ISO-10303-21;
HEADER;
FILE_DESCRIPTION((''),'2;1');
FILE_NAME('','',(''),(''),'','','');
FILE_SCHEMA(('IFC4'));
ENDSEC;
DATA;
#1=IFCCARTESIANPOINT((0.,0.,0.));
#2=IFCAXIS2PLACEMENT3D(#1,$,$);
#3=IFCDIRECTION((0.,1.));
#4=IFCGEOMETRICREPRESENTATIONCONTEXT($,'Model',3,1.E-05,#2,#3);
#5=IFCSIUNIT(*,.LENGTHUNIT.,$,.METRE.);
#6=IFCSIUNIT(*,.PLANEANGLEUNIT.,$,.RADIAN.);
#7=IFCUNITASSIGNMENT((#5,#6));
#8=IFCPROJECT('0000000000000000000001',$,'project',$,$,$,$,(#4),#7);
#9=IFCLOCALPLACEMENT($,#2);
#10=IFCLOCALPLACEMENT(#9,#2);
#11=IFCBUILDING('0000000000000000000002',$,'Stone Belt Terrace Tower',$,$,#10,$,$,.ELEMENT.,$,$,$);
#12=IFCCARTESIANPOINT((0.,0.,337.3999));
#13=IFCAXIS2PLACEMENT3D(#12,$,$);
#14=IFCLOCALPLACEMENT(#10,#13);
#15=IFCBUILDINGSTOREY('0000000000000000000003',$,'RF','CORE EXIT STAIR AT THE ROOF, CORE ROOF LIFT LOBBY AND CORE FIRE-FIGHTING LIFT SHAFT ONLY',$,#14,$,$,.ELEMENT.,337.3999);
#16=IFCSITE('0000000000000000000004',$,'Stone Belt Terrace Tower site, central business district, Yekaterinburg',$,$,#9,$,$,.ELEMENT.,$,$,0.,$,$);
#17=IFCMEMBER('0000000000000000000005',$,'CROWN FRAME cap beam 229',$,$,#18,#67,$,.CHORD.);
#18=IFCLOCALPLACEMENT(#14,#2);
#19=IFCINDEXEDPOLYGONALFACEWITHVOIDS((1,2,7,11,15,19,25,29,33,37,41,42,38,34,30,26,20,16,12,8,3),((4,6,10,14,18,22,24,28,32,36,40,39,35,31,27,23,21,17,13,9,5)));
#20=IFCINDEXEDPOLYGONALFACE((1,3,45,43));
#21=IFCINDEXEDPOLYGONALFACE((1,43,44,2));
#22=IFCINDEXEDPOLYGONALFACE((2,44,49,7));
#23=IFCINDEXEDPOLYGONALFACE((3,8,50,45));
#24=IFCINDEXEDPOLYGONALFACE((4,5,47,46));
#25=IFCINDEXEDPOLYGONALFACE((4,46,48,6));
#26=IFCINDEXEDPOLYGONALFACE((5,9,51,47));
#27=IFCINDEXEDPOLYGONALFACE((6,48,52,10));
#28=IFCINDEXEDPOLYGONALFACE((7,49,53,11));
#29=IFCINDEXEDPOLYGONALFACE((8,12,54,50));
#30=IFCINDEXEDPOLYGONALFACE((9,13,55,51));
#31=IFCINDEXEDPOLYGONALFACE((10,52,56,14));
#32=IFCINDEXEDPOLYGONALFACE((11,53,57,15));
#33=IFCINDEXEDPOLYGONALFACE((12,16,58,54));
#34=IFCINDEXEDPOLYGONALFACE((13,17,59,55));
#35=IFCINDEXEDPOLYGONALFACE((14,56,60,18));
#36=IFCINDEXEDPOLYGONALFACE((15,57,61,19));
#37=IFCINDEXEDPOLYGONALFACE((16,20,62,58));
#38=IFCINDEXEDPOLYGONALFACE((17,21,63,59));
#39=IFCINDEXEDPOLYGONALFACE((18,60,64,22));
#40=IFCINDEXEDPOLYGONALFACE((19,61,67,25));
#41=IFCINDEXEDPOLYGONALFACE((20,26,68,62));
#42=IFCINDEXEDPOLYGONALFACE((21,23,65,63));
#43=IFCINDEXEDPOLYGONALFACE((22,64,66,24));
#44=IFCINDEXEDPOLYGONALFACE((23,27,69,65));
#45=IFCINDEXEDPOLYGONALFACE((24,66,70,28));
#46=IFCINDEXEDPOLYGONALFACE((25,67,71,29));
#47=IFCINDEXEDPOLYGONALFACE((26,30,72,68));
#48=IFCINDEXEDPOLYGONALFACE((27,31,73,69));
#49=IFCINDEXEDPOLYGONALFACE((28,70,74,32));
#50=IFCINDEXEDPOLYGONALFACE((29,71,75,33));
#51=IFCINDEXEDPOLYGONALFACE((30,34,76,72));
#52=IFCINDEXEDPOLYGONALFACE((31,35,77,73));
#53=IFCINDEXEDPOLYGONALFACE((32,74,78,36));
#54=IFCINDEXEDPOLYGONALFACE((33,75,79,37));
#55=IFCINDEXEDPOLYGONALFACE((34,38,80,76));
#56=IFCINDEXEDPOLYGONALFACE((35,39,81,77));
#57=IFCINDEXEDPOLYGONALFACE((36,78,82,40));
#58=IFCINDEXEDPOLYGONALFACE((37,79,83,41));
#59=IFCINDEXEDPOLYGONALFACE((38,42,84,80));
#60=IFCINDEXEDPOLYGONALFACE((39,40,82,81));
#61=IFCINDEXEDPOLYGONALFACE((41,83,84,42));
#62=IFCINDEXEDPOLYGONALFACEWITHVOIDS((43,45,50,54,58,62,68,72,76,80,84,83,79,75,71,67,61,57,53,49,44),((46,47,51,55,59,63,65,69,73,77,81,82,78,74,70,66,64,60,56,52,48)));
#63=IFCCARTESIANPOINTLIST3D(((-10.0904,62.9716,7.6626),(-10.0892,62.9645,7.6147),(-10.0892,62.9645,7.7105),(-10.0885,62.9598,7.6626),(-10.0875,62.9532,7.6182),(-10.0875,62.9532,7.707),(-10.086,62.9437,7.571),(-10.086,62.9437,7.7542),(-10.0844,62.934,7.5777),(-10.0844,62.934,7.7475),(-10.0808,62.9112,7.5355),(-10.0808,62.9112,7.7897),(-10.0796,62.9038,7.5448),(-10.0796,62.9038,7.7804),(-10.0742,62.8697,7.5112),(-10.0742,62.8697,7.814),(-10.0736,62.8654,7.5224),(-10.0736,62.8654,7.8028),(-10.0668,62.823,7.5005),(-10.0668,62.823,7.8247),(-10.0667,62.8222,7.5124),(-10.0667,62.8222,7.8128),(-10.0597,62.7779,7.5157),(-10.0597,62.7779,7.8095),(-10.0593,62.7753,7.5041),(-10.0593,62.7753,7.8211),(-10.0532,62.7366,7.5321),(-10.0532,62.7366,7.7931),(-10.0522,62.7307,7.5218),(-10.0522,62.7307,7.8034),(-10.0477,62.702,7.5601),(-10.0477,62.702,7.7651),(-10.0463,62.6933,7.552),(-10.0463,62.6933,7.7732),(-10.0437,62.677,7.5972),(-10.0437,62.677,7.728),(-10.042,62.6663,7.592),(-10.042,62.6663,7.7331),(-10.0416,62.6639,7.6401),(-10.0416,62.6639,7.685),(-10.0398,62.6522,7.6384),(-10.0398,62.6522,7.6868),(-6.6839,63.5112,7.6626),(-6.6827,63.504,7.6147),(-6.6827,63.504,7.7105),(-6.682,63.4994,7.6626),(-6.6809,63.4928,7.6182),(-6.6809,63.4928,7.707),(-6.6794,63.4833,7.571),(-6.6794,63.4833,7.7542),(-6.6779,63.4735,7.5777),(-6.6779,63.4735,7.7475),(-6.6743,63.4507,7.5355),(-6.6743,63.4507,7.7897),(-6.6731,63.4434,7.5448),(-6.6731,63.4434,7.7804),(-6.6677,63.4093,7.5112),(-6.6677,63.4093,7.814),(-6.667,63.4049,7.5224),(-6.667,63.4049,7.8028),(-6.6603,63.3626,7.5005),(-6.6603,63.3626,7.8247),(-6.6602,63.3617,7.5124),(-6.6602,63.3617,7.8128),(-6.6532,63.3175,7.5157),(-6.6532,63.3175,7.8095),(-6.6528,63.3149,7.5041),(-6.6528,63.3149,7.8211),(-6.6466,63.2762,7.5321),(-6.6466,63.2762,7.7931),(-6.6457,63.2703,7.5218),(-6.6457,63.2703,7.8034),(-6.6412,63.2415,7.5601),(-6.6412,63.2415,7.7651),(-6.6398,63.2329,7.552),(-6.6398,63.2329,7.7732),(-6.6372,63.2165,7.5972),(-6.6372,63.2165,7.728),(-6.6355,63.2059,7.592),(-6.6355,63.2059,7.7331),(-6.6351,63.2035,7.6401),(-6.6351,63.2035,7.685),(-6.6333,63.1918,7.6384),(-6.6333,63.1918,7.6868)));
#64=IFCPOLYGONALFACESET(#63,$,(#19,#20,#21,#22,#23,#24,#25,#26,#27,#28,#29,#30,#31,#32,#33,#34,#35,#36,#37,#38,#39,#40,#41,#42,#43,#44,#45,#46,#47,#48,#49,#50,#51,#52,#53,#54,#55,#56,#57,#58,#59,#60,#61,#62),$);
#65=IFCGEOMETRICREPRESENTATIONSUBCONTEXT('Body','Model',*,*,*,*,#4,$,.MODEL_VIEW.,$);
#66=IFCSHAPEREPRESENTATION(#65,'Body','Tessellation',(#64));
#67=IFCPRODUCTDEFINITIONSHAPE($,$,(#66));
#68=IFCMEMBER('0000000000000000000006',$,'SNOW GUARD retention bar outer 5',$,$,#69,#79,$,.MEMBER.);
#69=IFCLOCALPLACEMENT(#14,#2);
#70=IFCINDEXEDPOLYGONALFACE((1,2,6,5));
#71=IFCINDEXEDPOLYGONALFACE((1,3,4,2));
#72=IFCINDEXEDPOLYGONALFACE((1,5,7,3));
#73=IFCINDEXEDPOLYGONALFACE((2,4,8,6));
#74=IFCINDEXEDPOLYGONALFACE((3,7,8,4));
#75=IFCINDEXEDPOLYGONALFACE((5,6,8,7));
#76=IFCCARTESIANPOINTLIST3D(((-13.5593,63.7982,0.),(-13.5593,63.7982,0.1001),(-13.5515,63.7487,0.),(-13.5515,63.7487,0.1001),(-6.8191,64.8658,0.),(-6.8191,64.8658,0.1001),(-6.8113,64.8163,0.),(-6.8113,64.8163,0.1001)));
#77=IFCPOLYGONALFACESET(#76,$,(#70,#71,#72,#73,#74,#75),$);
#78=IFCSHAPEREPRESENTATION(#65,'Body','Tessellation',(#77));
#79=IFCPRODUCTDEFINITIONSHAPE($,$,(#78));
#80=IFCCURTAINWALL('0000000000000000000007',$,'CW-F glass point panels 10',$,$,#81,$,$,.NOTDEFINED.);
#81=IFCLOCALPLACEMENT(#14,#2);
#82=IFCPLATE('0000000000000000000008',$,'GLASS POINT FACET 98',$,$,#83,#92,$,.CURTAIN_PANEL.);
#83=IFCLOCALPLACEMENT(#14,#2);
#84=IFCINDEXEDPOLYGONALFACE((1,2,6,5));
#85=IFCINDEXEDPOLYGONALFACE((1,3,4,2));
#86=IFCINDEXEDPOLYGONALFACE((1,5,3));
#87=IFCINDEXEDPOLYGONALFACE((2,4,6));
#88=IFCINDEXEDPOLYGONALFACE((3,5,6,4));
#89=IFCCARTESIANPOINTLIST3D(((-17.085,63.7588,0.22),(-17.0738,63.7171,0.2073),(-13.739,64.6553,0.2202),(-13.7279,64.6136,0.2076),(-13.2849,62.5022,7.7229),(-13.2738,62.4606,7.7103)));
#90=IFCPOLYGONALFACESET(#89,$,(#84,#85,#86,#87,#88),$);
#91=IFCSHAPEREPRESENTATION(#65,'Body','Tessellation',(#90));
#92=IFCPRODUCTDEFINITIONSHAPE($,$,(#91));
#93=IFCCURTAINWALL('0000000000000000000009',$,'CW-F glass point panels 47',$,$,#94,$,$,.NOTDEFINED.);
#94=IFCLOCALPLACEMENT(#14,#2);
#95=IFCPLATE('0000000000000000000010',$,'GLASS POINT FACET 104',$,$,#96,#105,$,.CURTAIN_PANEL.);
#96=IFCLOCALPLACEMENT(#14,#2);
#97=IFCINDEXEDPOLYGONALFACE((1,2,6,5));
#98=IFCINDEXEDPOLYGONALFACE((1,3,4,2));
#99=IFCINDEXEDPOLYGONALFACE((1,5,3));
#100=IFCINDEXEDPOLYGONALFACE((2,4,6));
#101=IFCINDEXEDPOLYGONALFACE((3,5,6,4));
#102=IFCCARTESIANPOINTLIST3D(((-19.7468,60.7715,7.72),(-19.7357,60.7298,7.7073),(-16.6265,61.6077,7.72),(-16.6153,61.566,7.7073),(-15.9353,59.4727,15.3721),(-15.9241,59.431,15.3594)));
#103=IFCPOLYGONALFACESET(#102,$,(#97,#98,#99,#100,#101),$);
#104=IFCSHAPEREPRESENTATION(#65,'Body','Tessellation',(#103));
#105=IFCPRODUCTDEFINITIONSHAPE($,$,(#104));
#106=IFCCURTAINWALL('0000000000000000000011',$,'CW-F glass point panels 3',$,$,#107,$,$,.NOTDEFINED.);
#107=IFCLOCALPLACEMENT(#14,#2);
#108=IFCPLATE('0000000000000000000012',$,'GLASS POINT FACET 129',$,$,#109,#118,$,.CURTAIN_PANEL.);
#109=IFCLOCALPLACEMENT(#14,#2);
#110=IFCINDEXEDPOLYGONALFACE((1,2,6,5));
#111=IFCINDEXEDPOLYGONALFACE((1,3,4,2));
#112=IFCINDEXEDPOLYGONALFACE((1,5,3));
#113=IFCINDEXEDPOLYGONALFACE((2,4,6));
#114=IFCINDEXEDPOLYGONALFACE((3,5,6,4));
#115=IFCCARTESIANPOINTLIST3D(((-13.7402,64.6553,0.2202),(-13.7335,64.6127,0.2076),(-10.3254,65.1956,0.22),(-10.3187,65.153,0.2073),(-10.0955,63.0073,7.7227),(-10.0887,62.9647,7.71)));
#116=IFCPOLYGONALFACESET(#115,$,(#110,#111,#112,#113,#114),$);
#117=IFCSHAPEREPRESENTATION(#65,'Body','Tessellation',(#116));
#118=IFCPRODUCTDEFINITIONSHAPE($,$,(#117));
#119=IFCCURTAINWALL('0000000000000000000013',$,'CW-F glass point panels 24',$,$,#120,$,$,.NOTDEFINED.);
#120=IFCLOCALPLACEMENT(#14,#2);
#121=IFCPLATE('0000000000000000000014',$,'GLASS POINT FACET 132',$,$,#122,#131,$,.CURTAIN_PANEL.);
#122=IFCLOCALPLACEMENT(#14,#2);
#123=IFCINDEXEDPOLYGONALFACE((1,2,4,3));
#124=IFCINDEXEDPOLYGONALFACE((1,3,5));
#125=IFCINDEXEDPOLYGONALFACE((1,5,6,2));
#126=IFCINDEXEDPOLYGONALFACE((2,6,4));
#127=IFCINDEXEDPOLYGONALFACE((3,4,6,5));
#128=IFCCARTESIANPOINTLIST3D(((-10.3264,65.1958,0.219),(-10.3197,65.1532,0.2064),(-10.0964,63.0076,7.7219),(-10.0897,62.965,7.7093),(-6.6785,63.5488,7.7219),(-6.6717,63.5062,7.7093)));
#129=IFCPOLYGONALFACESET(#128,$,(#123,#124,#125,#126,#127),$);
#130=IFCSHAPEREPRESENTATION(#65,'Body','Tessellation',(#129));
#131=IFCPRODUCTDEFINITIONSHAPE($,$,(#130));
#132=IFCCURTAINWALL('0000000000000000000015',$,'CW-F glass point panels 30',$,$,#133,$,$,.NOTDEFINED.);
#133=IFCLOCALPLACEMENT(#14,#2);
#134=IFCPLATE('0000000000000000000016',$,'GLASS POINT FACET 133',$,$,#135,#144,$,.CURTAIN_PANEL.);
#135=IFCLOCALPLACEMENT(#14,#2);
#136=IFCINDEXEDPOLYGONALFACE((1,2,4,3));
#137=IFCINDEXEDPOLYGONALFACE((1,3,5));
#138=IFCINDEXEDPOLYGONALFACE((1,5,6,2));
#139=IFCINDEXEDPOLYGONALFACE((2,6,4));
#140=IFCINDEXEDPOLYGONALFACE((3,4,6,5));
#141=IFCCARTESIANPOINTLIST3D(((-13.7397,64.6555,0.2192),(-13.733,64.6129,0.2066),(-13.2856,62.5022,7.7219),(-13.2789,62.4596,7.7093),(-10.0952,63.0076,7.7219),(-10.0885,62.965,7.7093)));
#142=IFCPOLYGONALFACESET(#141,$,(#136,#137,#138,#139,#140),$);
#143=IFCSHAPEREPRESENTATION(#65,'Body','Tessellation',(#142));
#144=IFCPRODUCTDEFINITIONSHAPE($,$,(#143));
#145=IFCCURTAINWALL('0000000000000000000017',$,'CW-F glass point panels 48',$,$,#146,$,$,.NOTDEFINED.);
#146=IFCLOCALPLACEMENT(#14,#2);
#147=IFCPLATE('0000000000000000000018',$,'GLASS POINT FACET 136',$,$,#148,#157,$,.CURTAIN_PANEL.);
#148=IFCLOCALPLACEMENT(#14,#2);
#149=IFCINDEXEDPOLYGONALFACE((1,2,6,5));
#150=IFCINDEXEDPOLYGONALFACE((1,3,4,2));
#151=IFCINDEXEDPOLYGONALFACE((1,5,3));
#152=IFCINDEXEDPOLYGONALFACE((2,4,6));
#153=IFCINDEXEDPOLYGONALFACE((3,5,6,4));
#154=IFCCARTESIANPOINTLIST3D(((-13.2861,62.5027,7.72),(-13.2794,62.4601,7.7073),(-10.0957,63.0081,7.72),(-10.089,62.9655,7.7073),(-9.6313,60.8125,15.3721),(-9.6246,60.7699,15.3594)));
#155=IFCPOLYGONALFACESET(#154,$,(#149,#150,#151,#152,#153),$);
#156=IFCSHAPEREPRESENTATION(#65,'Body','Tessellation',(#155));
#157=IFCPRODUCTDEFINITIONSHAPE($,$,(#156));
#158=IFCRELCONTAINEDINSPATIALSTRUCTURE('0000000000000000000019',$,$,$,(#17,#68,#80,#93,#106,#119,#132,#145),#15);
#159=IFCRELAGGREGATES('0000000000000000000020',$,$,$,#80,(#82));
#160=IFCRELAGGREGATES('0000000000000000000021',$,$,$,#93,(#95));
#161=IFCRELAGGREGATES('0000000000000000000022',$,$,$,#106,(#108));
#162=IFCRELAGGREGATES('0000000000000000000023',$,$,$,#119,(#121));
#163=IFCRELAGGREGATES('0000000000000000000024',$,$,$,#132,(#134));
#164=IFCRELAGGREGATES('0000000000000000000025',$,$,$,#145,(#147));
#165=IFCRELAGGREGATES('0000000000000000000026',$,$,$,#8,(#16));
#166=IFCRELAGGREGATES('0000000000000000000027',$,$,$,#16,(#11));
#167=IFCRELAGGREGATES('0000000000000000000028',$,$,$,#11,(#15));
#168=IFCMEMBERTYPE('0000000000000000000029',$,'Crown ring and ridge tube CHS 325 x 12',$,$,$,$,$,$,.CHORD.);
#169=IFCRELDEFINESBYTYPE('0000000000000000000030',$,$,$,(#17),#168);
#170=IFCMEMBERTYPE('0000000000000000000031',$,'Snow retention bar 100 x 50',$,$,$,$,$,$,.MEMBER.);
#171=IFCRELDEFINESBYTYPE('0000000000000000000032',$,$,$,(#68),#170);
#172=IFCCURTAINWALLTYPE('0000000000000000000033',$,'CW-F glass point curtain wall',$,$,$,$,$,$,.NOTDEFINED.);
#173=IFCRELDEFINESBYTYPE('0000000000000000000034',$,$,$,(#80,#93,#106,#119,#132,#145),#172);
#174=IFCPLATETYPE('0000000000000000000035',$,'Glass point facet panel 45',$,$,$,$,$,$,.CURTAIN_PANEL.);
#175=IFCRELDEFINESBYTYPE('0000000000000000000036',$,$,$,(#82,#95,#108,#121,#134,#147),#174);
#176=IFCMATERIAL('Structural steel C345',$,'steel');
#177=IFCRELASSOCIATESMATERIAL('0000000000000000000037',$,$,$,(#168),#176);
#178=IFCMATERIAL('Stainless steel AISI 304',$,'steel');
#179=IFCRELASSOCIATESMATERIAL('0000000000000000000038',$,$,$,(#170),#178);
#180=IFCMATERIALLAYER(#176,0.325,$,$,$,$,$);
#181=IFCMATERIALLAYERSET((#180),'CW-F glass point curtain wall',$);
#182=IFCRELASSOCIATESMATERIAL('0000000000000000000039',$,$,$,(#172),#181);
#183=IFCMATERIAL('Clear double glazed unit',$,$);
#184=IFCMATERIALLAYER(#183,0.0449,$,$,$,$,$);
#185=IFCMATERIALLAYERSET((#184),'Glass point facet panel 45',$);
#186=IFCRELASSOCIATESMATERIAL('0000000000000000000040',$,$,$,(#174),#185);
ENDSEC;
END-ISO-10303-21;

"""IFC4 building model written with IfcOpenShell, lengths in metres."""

from ifc_helpers import new_model, si_unit, direction, frame, origin, origin_2d, place, context, subcontext, project, spatial, polyline, rectangle, hollow_circle, outline, extrude, material, layer, layer_set, material_profile, profile_set, type_object, element, aggregate, save


model = new_model("IFC4")

# Units and contexts
model_context = context("Model", 3, precision=1e-05, world=origin(), true_north=direction((0.0, 1.0)))
body_context = subcontext(model_context, "Body", "Model", "MODEL_VIEW")
ifc_project = project(units=[si_unit("LENGTHUNIT", "METRE"), si_unit("PLANEANGLEUNIT", "RADIAN")], contexts=[model_context])

# Site, building, storey
site_placement = place(None, origin())
site = spatial("IfcSite", under=ifc_project, at=site_placement, Name="Stone Belt Terrace Tower site, central business district, Yekaterinburg", CompositionType="ELEMENT", RefElevation=0.0)
building_placement = place(site_placement, origin())
building = spatial("IfcBuilding", under=site, at=building_placement, Name="Stone Belt Terrace Tower", CompositionType="ELEMENT")
storey_placement = place(building_placement, frame((0.0, 0.0, 337.3999)))
storey = spatial("IfcBuildingStorey", under=building, at=storey_placement, Name="RF", Description="CORE EXIT STAIR AT THE ROOF, CORE ROOF LIFT LOBBY AND CORE FIRE-FIGHTING LIFT SHAFT ONLY", CompositionType="ELEMENT", Elevation=337.3999)

# Members
ifc_material_1 = material(Name="Structural steel C345", Category="steel")
ifc_material_profile_1 = material_profile(ifc_material_1, hollow_circle(Radius=0.1626, WallThickness=0.012, at=origin_2d()), Name="Structural steel C345 CHS 325x12")
ifc_profile_set_1 = profile_set([ifc_material_profile_1], Name="Structural steel C345")
member_type_1 = type_object("IfcMemberType", Name="Crown ring and ridge tube CHS 325 x 12", PredefinedType="CHORD", material=ifc_profile_set_1)
member_1_placement = place(storey_placement, frame((-10.0649, 62.811, 7.6626), z_axis=(0.987688, 0.156439, 0.0), x_axis=(-0.156439, 0.987688, 0.0)))
element("IfcMember", 1, at=member_1_placement, inside=storey, type_object=member_type_1, Name="CROWN FRAME cap beam 229", PredefinedType="CHORD", context=body_context, shape_type="SweptSolid", body=[
    extrude(hollow_circle(Radius=0.1626, WallThickness=0.012, at=origin_2d()), origin(), (0.0, 0.0, 1.0), 3.449),
])
ifc_material_2 = material(Name="Stainless steel AISI 304", Category="steel")
ifc_material_profile_2 = material_profile(ifc_material_2, rectangle(XDim=0.05, YDim=0.1001, at=origin_2d()), Name="Stainless steel AISI 304 100x50")
ifc_profile_set_2 = profile_set([ifc_material_profile_2], Name="Stainless steel AISI 304")
member_type_2 = type_object("IfcMemberType", Name="Snow retention bar 100 x 50", PredefinedType="MEMBER", material=ifc_profile_set_2)
member_2_placement = place(storey_placement, frame((-13.5554, 63.7734, 0.05), z_axis=(0.987687, 0.156446, 0.0), x_axis=(-0.156446, 0.987687, 0.0)))
element("IfcMember", 2, at=member_2_placement, inside=storey, type_object=member_type_2, Name="SNOW GUARD retention bar outer 5", PredefinedType="MEMBER", context=body_context, shape_type="SweptSolid", body=[
    extrude(rectangle(XDim=0.05, YDim=0.1001, at=origin_2d()), origin(), (0.0, 0.0, 1.0), 6.8242),
])

# Curtain walls, plates
ifc_layer_1 = layer(ifc_material_1, 0.325)
ifc_layer_set_1 = layer_set([ifc_layer_1], Name="CW-F glass point curtain wall")
curtain_wall_type = type_object("IfcCurtainWallType", Name="CW-F glass point curtain wall", PredefinedType="NOTDEFINED", material=ifc_layer_set_1)
curtain_wall_1_placement = place(storey_placement, origin())
curtain_wall_1 = element("IfcCurtainWall", 3, at=curtain_wall_1_placement, inside=storey, type_object=curtain_wall_type, Name="CW-F glass point panels 10", PredefinedType="NOTDEFINED")
ifc_material_3 = material(Name="Clear double glazed unit")
ifc_layer_2 = layer(ifc_material_3, 0.0449)
ifc_layer_set_2 = layer_set([ifc_layer_2], Name="Glass point facet panel 45")
plate_type = type_object("IfcPlateType", Name="Glass point facet panel 45", PredefinedType="CURTAIN_PANEL", material=ifc_layer_set_2)
plate_1_placement = place(storey_placement, frame((-13.739, 64.6553, 0.2202), z_axis=(-0.24839, 0.92699, 0.281056), x_axis=(0.058079, -0.275375, 0.959581)))
plate_1 = element("IfcPlate", 4, at=plate_1_placement, type_object=plate_type, Name="GLASS POINT FACET 98", PredefinedType="CURTAIN_PANEL", context=body_context, shape_type="SweptSolid", body=[
    extrude(outline(polyline([(0.0, 0.0), (7.8187, 0.0), (0.0523, -3.4636), (0.0, 0.0)])), origin(), (0.0, 0.0, -1.0), 0.0449),
])
aggregate(curtain_wall_1, [plate_1])
curtain_wall_2_placement = place(storey_placement, origin())
curtain_wall_2 = element("IfcCurtainWall", 5, at=curtain_wall_2_placement, inside=storey, type_object=curtain_wall_type, Name="CW-F glass point panels 47", PredefinedType="NOTDEFINED")
plate_2_placement = place(storey_placement, frame((-16.6265, 61.6077, 7.72), z_axis=(-0.248408, 0.92698, 0.281073), x_axis=(0.086673, -0.267734, 0.959587)))
plate_2 = element("IfcPlate", 6, at=plate_2_placement, type_object=plate_type, Name="GLASS POINT FACET 104", PredefinedType="CURTAIN_PANEL", context=body_context, shape_type="SweptSolid", body=[
    extrude(outline(polyline([(0.0, 0.0), (7.9744, 0.0), (-0.0466, -3.2301), (0.0, 0.0)])), origin(), (0.0, 0.0, -1.0), 0.0449),
])
aggregate(curtain_wall_2, [plate_2])
curtain_wall_3_placement = place(storey_placement, origin())
curtain_wall_3 = element("IfcCurtainWall", 7, at=curtain_wall_3_placement, inside=storey, type_object=curtain_wall_type, Name="CW-F glass point panels 3", PredefinedType="NOTDEFINED")
plate_3_placement = place(storey_placement, frame((-13.7402, 64.6553, 0.2202), z_axis=(-0.149955, 0.947902, 0.281062), x_axis=(0.987714, 0.156274, -0.000071)))
plate_3 = element("IfcPlate", 8, at=plate_3_placement, type_object=plate_type, Name="GLASS POINT FACET 129", PredefinedType="CURTAIN_PANEL", context=body_context, shape_type="SweptSolid", body=[
    extrude(outline(polyline([(0.0, 0.0), (3.4573, 0.0), (3.3419, -7.8178), (0.0, 0.0)])), origin(), (0.0, 0.0, -1.0), 0.0449),
])
aggregate(curtain_wall_3, [plate_3])
curtain_wall_4_placement = place(storey_placement, origin())
curtain_wall_4 = element("IfcCurtainWall", 9, at=curtain_wall_4_placement, inside=storey, type_object=curtain_wall_type, Name="CW-F glass point panels 24", PredefinedType="NOTDEFINED")
plate_4_placement = place(storey_placement, frame((-10.3264, 65.1958, 0.219), z_axis=(-0.150104, 0.947881, 0.281051), x_axis=(0.428981, -0.193676, 0.882307)))
plate_4 = element("IfcPlate", 10, at=plate_4_placement, type_object=plate_type, Name="GLASS POINT FACET 132", PredefinedType="CURTAIN_PANEL", context=body_context, shape_type="SweptSolid", body=[
    extrude(outline(polyline([(0.0, 0.0), (8.5038, 0.0), (7.1424, -3.1815), (0.0, 0.0)])), origin(), (0.0, 0.0, -1.0), 0.0449),
])
aggregate(curtain_wall_4, [plate_4])
curtain_wall_5_placement = place(storey_placement, origin())
curtain_wall_5 = element("IfcCurtainWall", 11, at=curtain_wall_5_placement, inside=storey, type_object=curtain_wall_type, Name="CW-F glass point panels 30", PredefinedType="NOTDEFINED")
plate_5_placement = place(storey_placement, frame((-13.7397, 64.6555, 0.2192), z_axis=(-0.150142, 0.947853, 0.281127), x_axis=(0.428654, -0.193825, 0.882433)))
plate_5 = element("IfcPlate", 12, at=plate_5_placement, type_object=plate_type, Name="GLASS POINT FACET 133", PredefinedType="CURTAIN_PANEL", context=body_context, shape_type="SweptSolid", body=[
    extrude(outline(polyline([(0.0, 0.0), (8.5023, 0.0), (7.2326, -2.9702), (0.0, 0.0)])), origin(), (0.0, 0.0, -1.0), 0.0449),
])
aggregate(curtain_wall_5, [plate_5])
curtain_wall_6_placement = place(storey_placement, origin())
curtain_wall_6 = element("IfcCurtainWall", 13, at=curtain_wall_6_placement, inside=storey, type_object=curtain_wall_type, Name="CW-F glass point panels 48", PredefinedType="NOTDEFINED")
plate_6_placement = place(storey_placement, frame((-10.0957, 63.0081, 7.72), z_axis=(-0.150144, 0.947868, 0.281075), x_axis=(0.058231, -0.275326, 0.959586)))
plate_6 = element("IfcPlate", 14, at=plate_6_placement, type_object=plate_type, Name="GLASS POINT FACET 136", PredefinedType="CURTAIN_PANEL", context=body_context, shape_type="SweptSolid", body=[
    extrude(outline(polyline([(0.0, 0.0), (7.9744, 0.0), (-0.0466, -3.2299), (0.0, 0.0)])), origin(), (0.0, 0.0, -1.0), 0.0449),
])
aggregate(curtain_wall_6, [plate_6])

save(model, "model.ifc")
